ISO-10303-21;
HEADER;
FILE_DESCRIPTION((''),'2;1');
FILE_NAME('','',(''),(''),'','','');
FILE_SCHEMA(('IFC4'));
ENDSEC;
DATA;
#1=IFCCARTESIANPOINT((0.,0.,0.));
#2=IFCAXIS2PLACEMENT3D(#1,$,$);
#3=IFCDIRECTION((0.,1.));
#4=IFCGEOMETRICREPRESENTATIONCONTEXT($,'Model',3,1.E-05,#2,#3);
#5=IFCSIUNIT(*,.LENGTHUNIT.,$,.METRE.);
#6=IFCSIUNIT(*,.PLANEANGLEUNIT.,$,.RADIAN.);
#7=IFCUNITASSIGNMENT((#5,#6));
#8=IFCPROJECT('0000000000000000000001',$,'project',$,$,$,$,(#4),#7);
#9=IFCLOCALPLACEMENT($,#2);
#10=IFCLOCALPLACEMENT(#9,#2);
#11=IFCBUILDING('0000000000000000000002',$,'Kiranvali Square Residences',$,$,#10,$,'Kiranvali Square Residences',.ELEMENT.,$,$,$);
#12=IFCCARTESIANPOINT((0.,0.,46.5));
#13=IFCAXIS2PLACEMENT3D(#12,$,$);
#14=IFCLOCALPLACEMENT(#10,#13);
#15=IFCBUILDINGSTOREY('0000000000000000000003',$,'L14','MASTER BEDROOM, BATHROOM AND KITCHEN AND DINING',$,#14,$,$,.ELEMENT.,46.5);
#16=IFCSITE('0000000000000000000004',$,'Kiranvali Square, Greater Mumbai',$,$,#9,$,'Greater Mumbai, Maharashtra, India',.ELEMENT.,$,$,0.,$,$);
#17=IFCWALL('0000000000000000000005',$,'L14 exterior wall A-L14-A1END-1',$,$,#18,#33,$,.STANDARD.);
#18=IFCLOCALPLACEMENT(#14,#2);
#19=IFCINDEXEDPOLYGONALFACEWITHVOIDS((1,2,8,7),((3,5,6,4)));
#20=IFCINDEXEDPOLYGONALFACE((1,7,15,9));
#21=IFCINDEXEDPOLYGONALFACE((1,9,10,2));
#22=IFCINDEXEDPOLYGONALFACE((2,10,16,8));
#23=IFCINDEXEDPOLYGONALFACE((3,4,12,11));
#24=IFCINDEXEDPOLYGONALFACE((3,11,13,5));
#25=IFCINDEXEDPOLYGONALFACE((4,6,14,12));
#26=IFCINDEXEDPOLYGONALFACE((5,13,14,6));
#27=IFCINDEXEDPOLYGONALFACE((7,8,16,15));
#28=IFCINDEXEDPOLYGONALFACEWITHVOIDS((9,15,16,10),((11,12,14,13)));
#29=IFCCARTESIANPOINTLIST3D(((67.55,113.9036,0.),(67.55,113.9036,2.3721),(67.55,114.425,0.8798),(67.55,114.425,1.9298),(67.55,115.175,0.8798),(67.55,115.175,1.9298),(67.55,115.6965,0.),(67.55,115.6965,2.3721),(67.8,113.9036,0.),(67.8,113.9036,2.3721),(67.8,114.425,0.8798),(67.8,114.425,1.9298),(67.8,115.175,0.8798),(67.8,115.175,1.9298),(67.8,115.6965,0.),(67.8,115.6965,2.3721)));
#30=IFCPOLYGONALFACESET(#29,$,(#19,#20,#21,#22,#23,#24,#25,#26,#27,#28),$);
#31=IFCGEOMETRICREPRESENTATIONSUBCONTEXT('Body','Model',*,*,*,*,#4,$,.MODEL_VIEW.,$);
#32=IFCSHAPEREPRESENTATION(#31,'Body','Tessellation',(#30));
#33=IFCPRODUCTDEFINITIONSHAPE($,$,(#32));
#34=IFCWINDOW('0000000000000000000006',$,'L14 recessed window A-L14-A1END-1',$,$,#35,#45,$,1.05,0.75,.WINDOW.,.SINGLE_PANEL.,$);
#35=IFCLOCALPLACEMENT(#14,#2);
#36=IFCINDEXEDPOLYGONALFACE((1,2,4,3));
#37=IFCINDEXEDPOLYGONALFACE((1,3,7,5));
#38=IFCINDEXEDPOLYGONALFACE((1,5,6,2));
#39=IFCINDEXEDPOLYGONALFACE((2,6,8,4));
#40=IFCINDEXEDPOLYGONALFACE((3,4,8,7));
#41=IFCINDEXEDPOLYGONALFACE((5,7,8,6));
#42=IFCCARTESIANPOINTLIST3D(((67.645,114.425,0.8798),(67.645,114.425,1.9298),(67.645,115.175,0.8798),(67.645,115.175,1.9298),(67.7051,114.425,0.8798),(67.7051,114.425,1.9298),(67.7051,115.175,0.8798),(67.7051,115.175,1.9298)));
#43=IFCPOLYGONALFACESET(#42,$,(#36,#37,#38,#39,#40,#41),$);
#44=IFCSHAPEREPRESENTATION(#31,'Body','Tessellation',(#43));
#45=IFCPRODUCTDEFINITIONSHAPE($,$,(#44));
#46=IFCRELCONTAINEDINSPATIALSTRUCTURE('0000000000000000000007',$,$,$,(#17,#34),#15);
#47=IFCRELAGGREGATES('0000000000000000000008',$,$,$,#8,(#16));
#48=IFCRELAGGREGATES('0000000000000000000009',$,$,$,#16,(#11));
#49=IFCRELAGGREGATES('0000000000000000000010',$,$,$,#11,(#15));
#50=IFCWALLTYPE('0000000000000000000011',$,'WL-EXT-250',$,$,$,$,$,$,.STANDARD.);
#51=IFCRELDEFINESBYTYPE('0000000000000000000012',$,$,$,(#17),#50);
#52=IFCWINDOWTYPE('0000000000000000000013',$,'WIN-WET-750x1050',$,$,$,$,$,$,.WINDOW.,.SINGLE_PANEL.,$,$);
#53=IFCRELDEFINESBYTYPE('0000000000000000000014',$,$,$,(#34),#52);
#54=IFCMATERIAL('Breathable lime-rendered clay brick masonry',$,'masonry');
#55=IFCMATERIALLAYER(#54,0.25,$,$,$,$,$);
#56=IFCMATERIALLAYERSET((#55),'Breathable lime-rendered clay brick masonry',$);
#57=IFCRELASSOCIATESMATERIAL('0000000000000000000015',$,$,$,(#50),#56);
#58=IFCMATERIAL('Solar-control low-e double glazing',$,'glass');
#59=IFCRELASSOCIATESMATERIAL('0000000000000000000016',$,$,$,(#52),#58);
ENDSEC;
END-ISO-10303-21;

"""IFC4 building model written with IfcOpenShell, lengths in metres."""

from ifc_helpers import new_model, si_unit, direction, frame, frame_2d, origin, place, context, subcontext, project, spatial, rectangle, extrude, material, layer, layer_set, type_object, element, fill, save


model = new_model("IFC4")

# Units and contexts
model_context = context("Model", 3, precision=1e-05, world=origin(), true_north=direction((0.0, 1.0)))
body_context = subcontext(model_context, "Body", "Model", "MODEL_VIEW")
ifc_project = project(units=[si_unit("LENGTHUNIT", "METRE"), si_unit("PLANEANGLEUNIT", "RADIAN")], contexts=[model_context])

# Site, building, storey
site_placement = place(None, origin())
site = spatial("IfcSite", under=ifc_project, at=site_placement, Name="Kiranvali Square, Greater Mumbai", LongName="Greater Mumbai, Maharashtra, India", CompositionType="ELEMENT", RefElevation=0.0)
building_placement = place(site_placement, origin())
building = spatial("IfcBuilding", under=site, at=building_placement, Name="Kiranvali Square Residences", LongName="Kiranvali Square Residences", CompositionType="ELEMENT")
storey_placement = place(building_placement, frame((0.0, 0.0, 46.5)))
storey = spatial("IfcBuildingStorey", under=building, at=storey_placement, Name="L14", Description="MASTER BEDROOM, BATHROOM AND KITCHEN AND DINING", CompositionType="ELEMENT", Elevation=46.5)

# Wall, opening, window
ifc_material_1 = material(Name="Breathable lime-rendered clay brick masonry", Category="masonry")
ifc_layer_1 = layer(ifc_material_1, 0.25)
ifc_layer_set_1 = layer_set([ifc_layer_1], Name="Breathable lime-rendered clay brick masonry")
wall_type_1 = type_object("IfcWallType", Name="WL-EXT-250", PredefinedType="STANDARD", material=ifc_layer_set_1)
wall_1_placement = place(storey_placement, frame((67.675, 113.9036, 0.0), z_axis=(0.0, 0.0, 1.0), x_axis=(0.0, 1.0, 0.0)))
wall_1 = element("IfcWall", 1, at=wall_1_placement, inside=storey, type_object=wall_type_1, Name="L14 exterior wall A-L14-A1END-1", PredefinedType="STANDARD", context=body_context, shape_type="SweptSolid", body=[
    extrude(rectangle(XDim=1.793, YDim=0.25, at=frame_2d((0.8965, 0.0))), origin(), (0.0, 0.0, 1.0), 2.3721),
])
opening_1_placement = place(wall_1_placement, frame((0.5215, 0.0, 0.8799)))
opening_1 = element("IfcOpeningElement", 2, at=opening_1_placement, cuts=wall_1, PredefinedType="OPENING", context=body_context, shape_type="SweptSolid", body=[
    extrude(rectangle(XDim=0.75, YDim=1.05, at=frame_2d((0.375, 0.5249))), frame((0.0, 0.135, 0.0), z_axis=(0.0, -1.0, 0.0), x_axis=(1.0, 0.0, 0.0)), (0.0, 0.0, 1.0), 0.27),
])
ifc_material_2 = material(Name="Solar-control low-e double glazing", Category="glass")
window_type = type_object("IfcWindowType", Name="WIN-WET-750x1050", PartitioningType="SINGLE_PANEL", PredefinedType="WINDOW", material=ifc_material_2)
window_placement = place(opening_1_placement, origin())
window = element("IfcWindow", 3, at=window_placement, inside=storey, type_object=window_type, Name="L14 recessed window A-L14-A1END-1", OverallHeight=1.05, OverallWidth=0.75, PartitioningType="SINGLE_PANEL", PredefinedType="WINDOW", context=body_context, shape_type="SweptSolid", body=[
    extrude(rectangle(XDim=0.75, YDim=1.05, at=frame_2d((0.375, 0.5249))), frame((0.0, 0.03, 0.0), z_axis=(0.0, -1.0, 0.0), x_axis=(1.0, 0.0, 0.0)), (0.0, 0.0, 1.0), 0.0601),
])
fill(opening_1, window)

save(model, "model.ifc")
